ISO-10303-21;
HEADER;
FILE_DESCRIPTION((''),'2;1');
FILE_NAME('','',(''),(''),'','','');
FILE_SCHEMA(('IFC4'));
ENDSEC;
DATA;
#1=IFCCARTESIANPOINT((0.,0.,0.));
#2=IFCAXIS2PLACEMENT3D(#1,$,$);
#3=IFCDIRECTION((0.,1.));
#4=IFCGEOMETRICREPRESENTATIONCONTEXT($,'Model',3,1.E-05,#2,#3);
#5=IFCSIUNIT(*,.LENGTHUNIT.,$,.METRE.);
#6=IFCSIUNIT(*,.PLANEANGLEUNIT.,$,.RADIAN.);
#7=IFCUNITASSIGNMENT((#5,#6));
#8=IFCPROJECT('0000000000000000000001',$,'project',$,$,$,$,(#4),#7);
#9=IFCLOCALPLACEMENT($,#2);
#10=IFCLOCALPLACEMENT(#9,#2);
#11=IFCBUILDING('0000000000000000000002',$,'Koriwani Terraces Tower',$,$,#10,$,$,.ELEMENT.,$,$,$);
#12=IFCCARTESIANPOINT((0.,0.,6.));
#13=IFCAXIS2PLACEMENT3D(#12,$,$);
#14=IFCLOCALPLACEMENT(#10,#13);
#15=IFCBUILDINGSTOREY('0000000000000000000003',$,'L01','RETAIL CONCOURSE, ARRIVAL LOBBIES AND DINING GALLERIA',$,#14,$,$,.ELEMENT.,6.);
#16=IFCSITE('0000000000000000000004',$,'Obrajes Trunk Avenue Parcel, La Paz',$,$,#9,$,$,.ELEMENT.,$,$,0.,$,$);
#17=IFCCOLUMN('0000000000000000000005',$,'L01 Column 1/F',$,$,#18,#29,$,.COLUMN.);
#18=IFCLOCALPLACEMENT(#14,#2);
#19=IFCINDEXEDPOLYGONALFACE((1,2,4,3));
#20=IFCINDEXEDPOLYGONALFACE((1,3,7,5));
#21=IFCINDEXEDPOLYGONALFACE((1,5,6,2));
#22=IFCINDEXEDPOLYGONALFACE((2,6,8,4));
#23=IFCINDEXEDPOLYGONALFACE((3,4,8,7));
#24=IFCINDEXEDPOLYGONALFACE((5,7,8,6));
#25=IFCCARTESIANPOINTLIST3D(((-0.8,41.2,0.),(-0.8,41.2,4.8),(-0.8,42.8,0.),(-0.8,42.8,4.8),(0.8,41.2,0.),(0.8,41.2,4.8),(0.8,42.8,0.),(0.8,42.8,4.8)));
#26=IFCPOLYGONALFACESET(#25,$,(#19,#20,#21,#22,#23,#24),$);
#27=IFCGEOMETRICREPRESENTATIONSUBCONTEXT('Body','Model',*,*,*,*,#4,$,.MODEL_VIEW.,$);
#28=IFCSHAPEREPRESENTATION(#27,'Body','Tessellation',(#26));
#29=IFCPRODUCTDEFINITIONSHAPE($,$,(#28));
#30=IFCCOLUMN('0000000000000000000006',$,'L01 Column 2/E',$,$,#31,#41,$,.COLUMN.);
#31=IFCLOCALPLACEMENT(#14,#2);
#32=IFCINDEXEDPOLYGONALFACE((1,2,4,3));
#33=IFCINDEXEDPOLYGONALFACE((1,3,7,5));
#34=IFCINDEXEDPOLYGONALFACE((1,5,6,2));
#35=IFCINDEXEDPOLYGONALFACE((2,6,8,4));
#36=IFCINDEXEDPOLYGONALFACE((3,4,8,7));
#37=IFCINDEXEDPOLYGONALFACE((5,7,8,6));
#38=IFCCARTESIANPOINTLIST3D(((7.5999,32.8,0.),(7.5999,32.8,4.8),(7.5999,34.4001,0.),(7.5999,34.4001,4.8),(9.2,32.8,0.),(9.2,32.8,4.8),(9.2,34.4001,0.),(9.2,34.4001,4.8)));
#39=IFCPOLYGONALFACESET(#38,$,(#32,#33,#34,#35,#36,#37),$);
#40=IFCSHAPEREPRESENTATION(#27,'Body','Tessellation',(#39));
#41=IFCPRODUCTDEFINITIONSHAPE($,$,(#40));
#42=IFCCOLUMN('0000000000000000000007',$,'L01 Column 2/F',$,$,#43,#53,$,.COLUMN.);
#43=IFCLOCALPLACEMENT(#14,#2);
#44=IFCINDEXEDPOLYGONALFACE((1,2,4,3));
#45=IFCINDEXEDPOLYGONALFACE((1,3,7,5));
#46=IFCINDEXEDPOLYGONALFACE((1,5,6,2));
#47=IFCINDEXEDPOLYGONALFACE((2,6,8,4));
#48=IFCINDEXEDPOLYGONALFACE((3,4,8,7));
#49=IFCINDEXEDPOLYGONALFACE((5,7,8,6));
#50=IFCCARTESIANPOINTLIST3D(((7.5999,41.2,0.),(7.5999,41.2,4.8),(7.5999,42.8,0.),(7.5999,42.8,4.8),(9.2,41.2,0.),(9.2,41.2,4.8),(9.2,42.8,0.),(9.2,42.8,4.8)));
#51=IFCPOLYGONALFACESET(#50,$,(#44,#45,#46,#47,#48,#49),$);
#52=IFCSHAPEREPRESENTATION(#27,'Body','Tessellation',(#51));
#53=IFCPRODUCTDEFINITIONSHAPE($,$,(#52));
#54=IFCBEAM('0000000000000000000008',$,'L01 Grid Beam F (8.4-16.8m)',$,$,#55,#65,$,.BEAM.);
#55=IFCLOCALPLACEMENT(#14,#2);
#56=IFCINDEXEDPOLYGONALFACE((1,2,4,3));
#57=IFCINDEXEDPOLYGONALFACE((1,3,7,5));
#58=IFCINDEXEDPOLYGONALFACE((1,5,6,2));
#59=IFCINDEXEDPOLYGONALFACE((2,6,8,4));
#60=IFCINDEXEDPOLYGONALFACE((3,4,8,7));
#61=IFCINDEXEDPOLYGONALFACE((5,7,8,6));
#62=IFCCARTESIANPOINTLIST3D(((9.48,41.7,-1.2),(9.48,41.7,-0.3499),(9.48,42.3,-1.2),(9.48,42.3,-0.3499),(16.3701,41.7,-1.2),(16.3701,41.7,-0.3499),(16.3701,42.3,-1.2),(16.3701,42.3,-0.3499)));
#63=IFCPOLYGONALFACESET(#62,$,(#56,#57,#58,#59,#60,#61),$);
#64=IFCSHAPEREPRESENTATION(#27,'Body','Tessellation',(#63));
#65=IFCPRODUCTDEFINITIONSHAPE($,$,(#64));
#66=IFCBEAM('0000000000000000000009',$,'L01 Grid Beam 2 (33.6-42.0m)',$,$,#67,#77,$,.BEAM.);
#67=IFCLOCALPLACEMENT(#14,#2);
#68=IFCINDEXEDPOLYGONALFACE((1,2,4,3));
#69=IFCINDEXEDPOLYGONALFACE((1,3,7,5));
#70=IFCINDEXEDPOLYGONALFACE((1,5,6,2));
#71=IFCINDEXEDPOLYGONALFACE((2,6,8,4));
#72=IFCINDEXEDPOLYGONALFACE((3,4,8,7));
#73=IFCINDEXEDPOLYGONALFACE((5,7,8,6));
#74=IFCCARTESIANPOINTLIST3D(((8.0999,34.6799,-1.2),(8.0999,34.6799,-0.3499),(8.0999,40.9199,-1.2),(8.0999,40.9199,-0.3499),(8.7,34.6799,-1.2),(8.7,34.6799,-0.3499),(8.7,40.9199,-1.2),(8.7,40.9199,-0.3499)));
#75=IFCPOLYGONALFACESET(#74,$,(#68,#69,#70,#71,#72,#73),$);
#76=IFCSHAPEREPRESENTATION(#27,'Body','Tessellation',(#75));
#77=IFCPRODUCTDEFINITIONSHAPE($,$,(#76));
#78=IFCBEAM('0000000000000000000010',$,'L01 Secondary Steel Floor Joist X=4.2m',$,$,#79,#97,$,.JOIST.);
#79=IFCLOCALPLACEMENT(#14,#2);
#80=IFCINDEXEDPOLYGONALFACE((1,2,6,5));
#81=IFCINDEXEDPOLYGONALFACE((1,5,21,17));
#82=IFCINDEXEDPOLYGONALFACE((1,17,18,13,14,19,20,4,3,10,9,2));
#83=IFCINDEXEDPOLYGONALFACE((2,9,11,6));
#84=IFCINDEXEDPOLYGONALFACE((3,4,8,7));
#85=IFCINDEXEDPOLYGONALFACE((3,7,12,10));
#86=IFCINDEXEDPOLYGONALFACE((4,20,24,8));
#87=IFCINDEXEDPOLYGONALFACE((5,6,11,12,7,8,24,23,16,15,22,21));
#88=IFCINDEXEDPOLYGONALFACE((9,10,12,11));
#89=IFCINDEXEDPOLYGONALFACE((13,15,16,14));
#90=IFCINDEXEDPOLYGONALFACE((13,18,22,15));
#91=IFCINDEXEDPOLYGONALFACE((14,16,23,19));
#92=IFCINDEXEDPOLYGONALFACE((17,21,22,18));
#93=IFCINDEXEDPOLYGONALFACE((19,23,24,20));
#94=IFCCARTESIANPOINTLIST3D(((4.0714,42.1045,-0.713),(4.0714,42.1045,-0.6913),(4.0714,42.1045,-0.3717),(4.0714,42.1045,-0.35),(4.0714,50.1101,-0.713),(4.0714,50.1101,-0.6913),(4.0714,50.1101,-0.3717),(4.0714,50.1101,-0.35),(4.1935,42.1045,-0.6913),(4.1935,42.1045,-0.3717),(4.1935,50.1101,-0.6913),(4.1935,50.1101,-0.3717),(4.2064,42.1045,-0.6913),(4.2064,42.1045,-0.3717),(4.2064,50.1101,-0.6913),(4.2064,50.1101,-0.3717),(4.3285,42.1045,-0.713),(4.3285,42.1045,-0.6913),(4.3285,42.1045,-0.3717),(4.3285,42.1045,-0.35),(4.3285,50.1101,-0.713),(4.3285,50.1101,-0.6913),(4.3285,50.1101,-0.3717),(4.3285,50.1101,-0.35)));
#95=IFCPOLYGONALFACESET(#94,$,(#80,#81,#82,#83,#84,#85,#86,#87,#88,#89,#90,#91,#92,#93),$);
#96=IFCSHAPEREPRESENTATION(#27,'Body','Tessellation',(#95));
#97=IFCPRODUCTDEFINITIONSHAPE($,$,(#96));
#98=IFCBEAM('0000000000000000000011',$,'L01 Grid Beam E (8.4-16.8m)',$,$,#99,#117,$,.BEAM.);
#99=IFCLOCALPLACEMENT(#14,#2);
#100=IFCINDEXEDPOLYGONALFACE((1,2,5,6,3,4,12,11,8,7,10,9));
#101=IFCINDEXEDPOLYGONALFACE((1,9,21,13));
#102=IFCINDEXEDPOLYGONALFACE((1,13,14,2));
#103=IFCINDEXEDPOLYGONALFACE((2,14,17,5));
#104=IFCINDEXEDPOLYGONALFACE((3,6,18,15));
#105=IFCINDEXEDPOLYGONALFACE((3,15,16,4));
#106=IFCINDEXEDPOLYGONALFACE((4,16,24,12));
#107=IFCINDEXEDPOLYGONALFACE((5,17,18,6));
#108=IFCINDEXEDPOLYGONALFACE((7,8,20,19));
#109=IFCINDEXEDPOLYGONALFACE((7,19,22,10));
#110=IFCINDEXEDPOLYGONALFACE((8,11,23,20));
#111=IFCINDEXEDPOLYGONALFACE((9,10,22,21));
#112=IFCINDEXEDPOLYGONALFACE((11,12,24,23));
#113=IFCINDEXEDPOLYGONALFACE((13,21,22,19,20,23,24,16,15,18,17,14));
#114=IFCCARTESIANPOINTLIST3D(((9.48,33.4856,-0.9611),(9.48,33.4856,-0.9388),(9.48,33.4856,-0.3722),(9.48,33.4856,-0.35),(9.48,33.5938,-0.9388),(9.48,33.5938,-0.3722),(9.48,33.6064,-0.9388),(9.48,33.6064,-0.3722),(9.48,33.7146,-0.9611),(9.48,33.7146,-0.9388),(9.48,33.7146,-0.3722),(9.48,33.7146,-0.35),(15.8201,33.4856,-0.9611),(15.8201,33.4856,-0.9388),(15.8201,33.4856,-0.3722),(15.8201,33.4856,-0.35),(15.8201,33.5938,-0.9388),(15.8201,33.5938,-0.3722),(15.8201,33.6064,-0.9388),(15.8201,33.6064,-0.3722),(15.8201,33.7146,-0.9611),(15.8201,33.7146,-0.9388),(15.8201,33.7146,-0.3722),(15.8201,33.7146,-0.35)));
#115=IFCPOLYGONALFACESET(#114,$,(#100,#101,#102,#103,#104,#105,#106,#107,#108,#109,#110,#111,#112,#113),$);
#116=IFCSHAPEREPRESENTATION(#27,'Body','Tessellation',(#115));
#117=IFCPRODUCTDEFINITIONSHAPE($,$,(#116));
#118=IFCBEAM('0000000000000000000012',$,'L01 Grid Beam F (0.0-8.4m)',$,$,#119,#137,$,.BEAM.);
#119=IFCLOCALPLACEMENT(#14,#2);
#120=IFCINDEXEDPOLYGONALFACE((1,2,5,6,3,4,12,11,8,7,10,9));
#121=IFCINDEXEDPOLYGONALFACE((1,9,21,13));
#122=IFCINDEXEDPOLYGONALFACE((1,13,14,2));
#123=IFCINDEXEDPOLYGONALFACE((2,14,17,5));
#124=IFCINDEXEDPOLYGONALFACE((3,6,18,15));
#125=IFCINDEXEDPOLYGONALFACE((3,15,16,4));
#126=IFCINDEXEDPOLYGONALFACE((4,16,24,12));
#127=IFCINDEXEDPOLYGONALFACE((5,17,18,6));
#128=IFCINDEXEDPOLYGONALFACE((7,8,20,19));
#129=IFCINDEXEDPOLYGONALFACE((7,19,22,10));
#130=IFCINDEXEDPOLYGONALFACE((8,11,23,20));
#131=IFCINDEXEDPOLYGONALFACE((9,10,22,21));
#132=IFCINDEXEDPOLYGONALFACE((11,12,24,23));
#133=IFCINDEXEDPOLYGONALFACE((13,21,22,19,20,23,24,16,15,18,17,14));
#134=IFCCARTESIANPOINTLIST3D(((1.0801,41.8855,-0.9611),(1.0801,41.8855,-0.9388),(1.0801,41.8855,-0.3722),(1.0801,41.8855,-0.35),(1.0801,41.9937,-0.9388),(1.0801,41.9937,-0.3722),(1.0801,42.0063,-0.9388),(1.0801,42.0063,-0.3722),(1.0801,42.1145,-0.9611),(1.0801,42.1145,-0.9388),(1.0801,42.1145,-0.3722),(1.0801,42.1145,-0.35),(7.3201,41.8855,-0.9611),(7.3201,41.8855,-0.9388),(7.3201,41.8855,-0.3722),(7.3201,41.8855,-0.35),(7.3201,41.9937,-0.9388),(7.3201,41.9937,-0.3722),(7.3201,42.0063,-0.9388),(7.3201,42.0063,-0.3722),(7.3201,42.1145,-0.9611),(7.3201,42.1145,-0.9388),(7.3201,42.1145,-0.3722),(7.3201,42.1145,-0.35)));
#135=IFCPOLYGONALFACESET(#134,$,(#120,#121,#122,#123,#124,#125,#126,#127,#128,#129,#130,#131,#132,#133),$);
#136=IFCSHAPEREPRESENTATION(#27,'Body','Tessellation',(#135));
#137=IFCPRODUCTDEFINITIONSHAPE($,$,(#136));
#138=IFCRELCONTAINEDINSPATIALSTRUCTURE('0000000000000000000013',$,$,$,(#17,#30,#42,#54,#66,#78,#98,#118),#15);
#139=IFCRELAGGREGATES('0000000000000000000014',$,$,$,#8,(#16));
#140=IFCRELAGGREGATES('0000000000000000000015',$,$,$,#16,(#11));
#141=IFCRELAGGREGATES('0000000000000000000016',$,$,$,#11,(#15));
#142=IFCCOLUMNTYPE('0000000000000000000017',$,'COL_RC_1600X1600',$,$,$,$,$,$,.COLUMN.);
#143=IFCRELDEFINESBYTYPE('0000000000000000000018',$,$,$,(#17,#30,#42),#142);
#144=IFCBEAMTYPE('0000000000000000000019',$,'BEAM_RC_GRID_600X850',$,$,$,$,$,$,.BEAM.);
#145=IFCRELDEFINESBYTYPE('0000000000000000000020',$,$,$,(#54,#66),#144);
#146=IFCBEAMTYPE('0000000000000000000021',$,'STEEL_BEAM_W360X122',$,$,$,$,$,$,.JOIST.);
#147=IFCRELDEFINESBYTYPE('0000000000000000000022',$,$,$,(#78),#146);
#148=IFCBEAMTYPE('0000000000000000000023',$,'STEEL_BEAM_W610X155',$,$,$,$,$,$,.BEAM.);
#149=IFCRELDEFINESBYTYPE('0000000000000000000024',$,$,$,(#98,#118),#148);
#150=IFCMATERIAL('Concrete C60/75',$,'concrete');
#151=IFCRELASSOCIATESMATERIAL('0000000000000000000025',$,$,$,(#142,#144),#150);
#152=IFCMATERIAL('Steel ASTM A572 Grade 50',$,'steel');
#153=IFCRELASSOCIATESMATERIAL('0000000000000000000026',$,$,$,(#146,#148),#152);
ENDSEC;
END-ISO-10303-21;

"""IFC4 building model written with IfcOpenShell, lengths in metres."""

from ifc_helpers import new_model, si_unit, direction, frame, origin, origin_2d, place, context, subcontext, project, spatial, rectangle, i_section, extrude, material, material_profile, profile_set, type_object, element, save


model = new_model("IFC4")

# Units and contexts
model_context = context("Model", 3, precision=1e-05, world=origin(), true_north=direction((0.0, 1.0)))
body_context = subcontext(model_context, "Body", "Model", "MODEL_VIEW")
ifc_project = project(units=[si_unit("LENGTHUNIT", "METRE"), si_unit("PLANEANGLEUNIT", "RADIAN")], contexts=[model_context])

# Site, building, storey
site_placement = place(None, origin())
site = spatial("IfcSite", under=ifc_project, at=site_placement, Name="Obrajes Trunk Avenue Parcel, La Paz", CompositionType="ELEMENT", RefElevation=0.0)
building_placement = place(site_placement, origin())
building = spatial("IfcBuilding", under=site, at=building_placement, Name="Koriwani Terraces Tower", CompositionType="ELEMENT")
storey_placement = place(building_placement, frame((0.0, 0.0, 6.0)))
storey = spatial("IfcBuildingStorey", under=building, at=storey_placement, Name="L01", Description="RETAIL CONCOURSE, ARRIVAL LOBBIES AND DINING GALLERIA", CompositionType="ELEMENT", Elevation=6.0)

# Columns
ifc_material_1 = material(Name="Concrete C60/75", Category="concrete")
ifc_material_profile_1 = material_profile(ifc_material_1, rectangle(XDim=1.6001, YDim=1.6001, at=origin_2d()), Name="Concrete C60/75", Category="LoadBearing")
ifc_profile_set_1 = profile_set([ifc_material_profile_1], Name="Concrete C60/75")
column_type = type_object("IfcColumnType", Name="COL_RC_1600X1600", PredefinedType="COLUMN", material=ifc_profile_set_1)
for number, where, z_axis, x_axis, name in (
    (1, (0.0, 42.0, 0.0), (0.0, 0.0, 1.0), (1.0, 0.0, 0.0), "L01 Column 1/F"),
    (2, (8.3999, 33.6001, 0.0), (0.0, 0.0, 1.0), (1.0, 0.0, 0.0), "L01 Column 2/E"),
    (3, (8.3999, 42.0, 0.0), (0.0, 0.0, 1.0), (1.0, 0.0, 0.0), "L01 Column 2/F"),
):
    element("IfcColumn", number, at=place(storey_placement, frame(where, z_axis=z_axis, x_axis=x_axis)), inside=storey, type_object=column_type, Name=name, PredefinedType="COLUMN", context=body_context, shape_type="SweptSolid", body=[
        extrude(rectangle(XDim=1.6001, YDim=1.6001, at=origin_2d()), origin(), (0.0, 0.0, 1.0), 4.8),
    ])

# Beams
ifc_material_profile_2 = material_profile(ifc_material_1, rectangle(XDim=0.6001, YDim=0.8501, at=origin_2d()), Name="Concrete C60/75", Category="LoadBearing")
ifc_profile_set_2 = profile_set([ifc_material_profile_2], Name="Concrete C60/75")
beam_type_1 = type_object("IfcBeamType", Name="BEAM_RC_GRID_600X850", PredefinedType="BEAM", material=ifc_profile_set_2)
beam_1_placement = place(storey_placement, frame((9.48, 42.0, -0.7749), z_axis=(1.0, 0.0, 0.0), x_axis=(0.0, 1.0, 0.0)))
element("IfcBeam", 4, at=beam_1_placement, inside=storey, type_object=beam_type_1, Name="L01 Grid Beam F (8.4-16.8m)", PredefinedType="BEAM", context=body_context, shape_type="SweptSolid", body=[
    extrude(rectangle(XDim=0.6001, YDim=0.8501, at=origin_2d()), origin(), (0.0, 0.0, 1.0), 6.8901),
])
beam_2_placement = place(storey_placement, frame((8.3999, 34.6799, -0.7749), z_axis=(0.0, 1.0, 0.0), x_axis=(-1.0, 0.0, 0.0)))
element("IfcBeam", 5, at=beam_2_placement, inside=storey, type_object=beam_type_1, Name="L01 Grid Beam 2 (33.6-42.0m)", PredefinedType="BEAM", context=body_context, shape_type="SweptSolid", body=[
    extrude(rectangle(XDim=0.6001, YDim=0.8501, at=origin_2d()), origin(), (0.0, 0.0, 1.0), 6.24),
])
ifc_material_2 = material(Name="Steel ASTM A572 Grade 50", Category="steel")
ifc_material_profile_3 = material_profile(ifc_material_2, i_section(OverallWidth=0.2571, OverallDepth=0.363, WebThickness=0.0129, FlangeThickness=0.0217, at=origin_2d()), Name="Steel ASTM A572 Grade 50", Category="LoadBearing")
ifc_profile_set_3 = profile_set([ifc_material_profile_3], Name="Steel ASTM A572 Grade 50")
beam_type_2 = type_object("IfcBeamType", Name="STEEL_BEAM_W360X122", PredefinedType="JOIST", material=ifc_profile_set_3)
beam_3_placement = place(storey_placement, frame((4.2, 42.1045, -0.5315), z_axis=(0.0, 1.0, 0.0), x_axis=(-1.0, 0.0, 0.0)))
element("IfcBeam", 6, at=beam_3_placement, inside=storey, type_object=beam_type_2, Name="L01 Secondary Steel Floor Joist X=4.2m", PredefinedType="JOIST", context=body_context, shape_type="SweptSolid", body=[
    extrude(i_section(OverallWidth=0.2571, OverallDepth=0.363, WebThickness=0.0129, FlangeThickness=0.0217, at=origin_2d()), origin(), (0.0, 0.0, 1.0), 8.0056),
])
ifc_material_profile_4 = material_profile(ifc_material_2, i_section(OverallWidth=0.229, OverallDepth=0.6111, WebThickness=0.0127, FlangeThickness=0.0222, at=origin_2d()), Name="Steel ASTM A572 Grade 50", Category="LoadBearing")
ifc_profile_set_4 = profile_set([ifc_material_profile_4], Name="Steel ASTM A572 Grade 50")
beam_type_3 = type_object("IfcBeamType", Name="STEEL_BEAM_W610X155", PredefinedType="BEAM", material=ifc_profile_set_4)
beam_4_placement = place(storey_placement, frame((9.48, 33.6001, -0.6555), z_axis=(1.0, 0.0, 0.0), x_axis=(0.0, 1.0, 0.0)))
element("IfcBeam", 7, at=beam_4_placement, inside=storey, type_object=beam_type_3, Name="L01 Grid Beam E (8.4-16.8m)", PredefinedType="BEAM", context=body_context, shape_type="SweptSolid", body=[
    extrude(i_section(OverallWidth=0.229, OverallDepth=0.6111, WebThickness=0.0127, FlangeThickness=0.0222, at=origin_2d()), origin(), (0.0, 0.0, 1.0), 6.3401),
])
beam_5_placement = place(storey_placement, frame((1.0801, 42.0, -0.6555), z_axis=(1.0, 0.0, 0.0), x_axis=(0.0, 1.0, 0.0)))
element("IfcBeam", 8, at=beam_5_placement, inside=storey, type_object=beam_type_3, Name="L01 Grid Beam F (0.0-8.4m)", PredefinedType="BEAM", context=body_context, shape_type="SweptSolid", body=[
    extrude(i_section(OverallWidth=0.229, OverallDepth=0.6111, WebThickness=0.0127, FlangeThickness=0.0222, at=origin_2d()), origin(), (0.0, 0.0, 1.0), 6.24),
])

save(model, "model.ifc")
